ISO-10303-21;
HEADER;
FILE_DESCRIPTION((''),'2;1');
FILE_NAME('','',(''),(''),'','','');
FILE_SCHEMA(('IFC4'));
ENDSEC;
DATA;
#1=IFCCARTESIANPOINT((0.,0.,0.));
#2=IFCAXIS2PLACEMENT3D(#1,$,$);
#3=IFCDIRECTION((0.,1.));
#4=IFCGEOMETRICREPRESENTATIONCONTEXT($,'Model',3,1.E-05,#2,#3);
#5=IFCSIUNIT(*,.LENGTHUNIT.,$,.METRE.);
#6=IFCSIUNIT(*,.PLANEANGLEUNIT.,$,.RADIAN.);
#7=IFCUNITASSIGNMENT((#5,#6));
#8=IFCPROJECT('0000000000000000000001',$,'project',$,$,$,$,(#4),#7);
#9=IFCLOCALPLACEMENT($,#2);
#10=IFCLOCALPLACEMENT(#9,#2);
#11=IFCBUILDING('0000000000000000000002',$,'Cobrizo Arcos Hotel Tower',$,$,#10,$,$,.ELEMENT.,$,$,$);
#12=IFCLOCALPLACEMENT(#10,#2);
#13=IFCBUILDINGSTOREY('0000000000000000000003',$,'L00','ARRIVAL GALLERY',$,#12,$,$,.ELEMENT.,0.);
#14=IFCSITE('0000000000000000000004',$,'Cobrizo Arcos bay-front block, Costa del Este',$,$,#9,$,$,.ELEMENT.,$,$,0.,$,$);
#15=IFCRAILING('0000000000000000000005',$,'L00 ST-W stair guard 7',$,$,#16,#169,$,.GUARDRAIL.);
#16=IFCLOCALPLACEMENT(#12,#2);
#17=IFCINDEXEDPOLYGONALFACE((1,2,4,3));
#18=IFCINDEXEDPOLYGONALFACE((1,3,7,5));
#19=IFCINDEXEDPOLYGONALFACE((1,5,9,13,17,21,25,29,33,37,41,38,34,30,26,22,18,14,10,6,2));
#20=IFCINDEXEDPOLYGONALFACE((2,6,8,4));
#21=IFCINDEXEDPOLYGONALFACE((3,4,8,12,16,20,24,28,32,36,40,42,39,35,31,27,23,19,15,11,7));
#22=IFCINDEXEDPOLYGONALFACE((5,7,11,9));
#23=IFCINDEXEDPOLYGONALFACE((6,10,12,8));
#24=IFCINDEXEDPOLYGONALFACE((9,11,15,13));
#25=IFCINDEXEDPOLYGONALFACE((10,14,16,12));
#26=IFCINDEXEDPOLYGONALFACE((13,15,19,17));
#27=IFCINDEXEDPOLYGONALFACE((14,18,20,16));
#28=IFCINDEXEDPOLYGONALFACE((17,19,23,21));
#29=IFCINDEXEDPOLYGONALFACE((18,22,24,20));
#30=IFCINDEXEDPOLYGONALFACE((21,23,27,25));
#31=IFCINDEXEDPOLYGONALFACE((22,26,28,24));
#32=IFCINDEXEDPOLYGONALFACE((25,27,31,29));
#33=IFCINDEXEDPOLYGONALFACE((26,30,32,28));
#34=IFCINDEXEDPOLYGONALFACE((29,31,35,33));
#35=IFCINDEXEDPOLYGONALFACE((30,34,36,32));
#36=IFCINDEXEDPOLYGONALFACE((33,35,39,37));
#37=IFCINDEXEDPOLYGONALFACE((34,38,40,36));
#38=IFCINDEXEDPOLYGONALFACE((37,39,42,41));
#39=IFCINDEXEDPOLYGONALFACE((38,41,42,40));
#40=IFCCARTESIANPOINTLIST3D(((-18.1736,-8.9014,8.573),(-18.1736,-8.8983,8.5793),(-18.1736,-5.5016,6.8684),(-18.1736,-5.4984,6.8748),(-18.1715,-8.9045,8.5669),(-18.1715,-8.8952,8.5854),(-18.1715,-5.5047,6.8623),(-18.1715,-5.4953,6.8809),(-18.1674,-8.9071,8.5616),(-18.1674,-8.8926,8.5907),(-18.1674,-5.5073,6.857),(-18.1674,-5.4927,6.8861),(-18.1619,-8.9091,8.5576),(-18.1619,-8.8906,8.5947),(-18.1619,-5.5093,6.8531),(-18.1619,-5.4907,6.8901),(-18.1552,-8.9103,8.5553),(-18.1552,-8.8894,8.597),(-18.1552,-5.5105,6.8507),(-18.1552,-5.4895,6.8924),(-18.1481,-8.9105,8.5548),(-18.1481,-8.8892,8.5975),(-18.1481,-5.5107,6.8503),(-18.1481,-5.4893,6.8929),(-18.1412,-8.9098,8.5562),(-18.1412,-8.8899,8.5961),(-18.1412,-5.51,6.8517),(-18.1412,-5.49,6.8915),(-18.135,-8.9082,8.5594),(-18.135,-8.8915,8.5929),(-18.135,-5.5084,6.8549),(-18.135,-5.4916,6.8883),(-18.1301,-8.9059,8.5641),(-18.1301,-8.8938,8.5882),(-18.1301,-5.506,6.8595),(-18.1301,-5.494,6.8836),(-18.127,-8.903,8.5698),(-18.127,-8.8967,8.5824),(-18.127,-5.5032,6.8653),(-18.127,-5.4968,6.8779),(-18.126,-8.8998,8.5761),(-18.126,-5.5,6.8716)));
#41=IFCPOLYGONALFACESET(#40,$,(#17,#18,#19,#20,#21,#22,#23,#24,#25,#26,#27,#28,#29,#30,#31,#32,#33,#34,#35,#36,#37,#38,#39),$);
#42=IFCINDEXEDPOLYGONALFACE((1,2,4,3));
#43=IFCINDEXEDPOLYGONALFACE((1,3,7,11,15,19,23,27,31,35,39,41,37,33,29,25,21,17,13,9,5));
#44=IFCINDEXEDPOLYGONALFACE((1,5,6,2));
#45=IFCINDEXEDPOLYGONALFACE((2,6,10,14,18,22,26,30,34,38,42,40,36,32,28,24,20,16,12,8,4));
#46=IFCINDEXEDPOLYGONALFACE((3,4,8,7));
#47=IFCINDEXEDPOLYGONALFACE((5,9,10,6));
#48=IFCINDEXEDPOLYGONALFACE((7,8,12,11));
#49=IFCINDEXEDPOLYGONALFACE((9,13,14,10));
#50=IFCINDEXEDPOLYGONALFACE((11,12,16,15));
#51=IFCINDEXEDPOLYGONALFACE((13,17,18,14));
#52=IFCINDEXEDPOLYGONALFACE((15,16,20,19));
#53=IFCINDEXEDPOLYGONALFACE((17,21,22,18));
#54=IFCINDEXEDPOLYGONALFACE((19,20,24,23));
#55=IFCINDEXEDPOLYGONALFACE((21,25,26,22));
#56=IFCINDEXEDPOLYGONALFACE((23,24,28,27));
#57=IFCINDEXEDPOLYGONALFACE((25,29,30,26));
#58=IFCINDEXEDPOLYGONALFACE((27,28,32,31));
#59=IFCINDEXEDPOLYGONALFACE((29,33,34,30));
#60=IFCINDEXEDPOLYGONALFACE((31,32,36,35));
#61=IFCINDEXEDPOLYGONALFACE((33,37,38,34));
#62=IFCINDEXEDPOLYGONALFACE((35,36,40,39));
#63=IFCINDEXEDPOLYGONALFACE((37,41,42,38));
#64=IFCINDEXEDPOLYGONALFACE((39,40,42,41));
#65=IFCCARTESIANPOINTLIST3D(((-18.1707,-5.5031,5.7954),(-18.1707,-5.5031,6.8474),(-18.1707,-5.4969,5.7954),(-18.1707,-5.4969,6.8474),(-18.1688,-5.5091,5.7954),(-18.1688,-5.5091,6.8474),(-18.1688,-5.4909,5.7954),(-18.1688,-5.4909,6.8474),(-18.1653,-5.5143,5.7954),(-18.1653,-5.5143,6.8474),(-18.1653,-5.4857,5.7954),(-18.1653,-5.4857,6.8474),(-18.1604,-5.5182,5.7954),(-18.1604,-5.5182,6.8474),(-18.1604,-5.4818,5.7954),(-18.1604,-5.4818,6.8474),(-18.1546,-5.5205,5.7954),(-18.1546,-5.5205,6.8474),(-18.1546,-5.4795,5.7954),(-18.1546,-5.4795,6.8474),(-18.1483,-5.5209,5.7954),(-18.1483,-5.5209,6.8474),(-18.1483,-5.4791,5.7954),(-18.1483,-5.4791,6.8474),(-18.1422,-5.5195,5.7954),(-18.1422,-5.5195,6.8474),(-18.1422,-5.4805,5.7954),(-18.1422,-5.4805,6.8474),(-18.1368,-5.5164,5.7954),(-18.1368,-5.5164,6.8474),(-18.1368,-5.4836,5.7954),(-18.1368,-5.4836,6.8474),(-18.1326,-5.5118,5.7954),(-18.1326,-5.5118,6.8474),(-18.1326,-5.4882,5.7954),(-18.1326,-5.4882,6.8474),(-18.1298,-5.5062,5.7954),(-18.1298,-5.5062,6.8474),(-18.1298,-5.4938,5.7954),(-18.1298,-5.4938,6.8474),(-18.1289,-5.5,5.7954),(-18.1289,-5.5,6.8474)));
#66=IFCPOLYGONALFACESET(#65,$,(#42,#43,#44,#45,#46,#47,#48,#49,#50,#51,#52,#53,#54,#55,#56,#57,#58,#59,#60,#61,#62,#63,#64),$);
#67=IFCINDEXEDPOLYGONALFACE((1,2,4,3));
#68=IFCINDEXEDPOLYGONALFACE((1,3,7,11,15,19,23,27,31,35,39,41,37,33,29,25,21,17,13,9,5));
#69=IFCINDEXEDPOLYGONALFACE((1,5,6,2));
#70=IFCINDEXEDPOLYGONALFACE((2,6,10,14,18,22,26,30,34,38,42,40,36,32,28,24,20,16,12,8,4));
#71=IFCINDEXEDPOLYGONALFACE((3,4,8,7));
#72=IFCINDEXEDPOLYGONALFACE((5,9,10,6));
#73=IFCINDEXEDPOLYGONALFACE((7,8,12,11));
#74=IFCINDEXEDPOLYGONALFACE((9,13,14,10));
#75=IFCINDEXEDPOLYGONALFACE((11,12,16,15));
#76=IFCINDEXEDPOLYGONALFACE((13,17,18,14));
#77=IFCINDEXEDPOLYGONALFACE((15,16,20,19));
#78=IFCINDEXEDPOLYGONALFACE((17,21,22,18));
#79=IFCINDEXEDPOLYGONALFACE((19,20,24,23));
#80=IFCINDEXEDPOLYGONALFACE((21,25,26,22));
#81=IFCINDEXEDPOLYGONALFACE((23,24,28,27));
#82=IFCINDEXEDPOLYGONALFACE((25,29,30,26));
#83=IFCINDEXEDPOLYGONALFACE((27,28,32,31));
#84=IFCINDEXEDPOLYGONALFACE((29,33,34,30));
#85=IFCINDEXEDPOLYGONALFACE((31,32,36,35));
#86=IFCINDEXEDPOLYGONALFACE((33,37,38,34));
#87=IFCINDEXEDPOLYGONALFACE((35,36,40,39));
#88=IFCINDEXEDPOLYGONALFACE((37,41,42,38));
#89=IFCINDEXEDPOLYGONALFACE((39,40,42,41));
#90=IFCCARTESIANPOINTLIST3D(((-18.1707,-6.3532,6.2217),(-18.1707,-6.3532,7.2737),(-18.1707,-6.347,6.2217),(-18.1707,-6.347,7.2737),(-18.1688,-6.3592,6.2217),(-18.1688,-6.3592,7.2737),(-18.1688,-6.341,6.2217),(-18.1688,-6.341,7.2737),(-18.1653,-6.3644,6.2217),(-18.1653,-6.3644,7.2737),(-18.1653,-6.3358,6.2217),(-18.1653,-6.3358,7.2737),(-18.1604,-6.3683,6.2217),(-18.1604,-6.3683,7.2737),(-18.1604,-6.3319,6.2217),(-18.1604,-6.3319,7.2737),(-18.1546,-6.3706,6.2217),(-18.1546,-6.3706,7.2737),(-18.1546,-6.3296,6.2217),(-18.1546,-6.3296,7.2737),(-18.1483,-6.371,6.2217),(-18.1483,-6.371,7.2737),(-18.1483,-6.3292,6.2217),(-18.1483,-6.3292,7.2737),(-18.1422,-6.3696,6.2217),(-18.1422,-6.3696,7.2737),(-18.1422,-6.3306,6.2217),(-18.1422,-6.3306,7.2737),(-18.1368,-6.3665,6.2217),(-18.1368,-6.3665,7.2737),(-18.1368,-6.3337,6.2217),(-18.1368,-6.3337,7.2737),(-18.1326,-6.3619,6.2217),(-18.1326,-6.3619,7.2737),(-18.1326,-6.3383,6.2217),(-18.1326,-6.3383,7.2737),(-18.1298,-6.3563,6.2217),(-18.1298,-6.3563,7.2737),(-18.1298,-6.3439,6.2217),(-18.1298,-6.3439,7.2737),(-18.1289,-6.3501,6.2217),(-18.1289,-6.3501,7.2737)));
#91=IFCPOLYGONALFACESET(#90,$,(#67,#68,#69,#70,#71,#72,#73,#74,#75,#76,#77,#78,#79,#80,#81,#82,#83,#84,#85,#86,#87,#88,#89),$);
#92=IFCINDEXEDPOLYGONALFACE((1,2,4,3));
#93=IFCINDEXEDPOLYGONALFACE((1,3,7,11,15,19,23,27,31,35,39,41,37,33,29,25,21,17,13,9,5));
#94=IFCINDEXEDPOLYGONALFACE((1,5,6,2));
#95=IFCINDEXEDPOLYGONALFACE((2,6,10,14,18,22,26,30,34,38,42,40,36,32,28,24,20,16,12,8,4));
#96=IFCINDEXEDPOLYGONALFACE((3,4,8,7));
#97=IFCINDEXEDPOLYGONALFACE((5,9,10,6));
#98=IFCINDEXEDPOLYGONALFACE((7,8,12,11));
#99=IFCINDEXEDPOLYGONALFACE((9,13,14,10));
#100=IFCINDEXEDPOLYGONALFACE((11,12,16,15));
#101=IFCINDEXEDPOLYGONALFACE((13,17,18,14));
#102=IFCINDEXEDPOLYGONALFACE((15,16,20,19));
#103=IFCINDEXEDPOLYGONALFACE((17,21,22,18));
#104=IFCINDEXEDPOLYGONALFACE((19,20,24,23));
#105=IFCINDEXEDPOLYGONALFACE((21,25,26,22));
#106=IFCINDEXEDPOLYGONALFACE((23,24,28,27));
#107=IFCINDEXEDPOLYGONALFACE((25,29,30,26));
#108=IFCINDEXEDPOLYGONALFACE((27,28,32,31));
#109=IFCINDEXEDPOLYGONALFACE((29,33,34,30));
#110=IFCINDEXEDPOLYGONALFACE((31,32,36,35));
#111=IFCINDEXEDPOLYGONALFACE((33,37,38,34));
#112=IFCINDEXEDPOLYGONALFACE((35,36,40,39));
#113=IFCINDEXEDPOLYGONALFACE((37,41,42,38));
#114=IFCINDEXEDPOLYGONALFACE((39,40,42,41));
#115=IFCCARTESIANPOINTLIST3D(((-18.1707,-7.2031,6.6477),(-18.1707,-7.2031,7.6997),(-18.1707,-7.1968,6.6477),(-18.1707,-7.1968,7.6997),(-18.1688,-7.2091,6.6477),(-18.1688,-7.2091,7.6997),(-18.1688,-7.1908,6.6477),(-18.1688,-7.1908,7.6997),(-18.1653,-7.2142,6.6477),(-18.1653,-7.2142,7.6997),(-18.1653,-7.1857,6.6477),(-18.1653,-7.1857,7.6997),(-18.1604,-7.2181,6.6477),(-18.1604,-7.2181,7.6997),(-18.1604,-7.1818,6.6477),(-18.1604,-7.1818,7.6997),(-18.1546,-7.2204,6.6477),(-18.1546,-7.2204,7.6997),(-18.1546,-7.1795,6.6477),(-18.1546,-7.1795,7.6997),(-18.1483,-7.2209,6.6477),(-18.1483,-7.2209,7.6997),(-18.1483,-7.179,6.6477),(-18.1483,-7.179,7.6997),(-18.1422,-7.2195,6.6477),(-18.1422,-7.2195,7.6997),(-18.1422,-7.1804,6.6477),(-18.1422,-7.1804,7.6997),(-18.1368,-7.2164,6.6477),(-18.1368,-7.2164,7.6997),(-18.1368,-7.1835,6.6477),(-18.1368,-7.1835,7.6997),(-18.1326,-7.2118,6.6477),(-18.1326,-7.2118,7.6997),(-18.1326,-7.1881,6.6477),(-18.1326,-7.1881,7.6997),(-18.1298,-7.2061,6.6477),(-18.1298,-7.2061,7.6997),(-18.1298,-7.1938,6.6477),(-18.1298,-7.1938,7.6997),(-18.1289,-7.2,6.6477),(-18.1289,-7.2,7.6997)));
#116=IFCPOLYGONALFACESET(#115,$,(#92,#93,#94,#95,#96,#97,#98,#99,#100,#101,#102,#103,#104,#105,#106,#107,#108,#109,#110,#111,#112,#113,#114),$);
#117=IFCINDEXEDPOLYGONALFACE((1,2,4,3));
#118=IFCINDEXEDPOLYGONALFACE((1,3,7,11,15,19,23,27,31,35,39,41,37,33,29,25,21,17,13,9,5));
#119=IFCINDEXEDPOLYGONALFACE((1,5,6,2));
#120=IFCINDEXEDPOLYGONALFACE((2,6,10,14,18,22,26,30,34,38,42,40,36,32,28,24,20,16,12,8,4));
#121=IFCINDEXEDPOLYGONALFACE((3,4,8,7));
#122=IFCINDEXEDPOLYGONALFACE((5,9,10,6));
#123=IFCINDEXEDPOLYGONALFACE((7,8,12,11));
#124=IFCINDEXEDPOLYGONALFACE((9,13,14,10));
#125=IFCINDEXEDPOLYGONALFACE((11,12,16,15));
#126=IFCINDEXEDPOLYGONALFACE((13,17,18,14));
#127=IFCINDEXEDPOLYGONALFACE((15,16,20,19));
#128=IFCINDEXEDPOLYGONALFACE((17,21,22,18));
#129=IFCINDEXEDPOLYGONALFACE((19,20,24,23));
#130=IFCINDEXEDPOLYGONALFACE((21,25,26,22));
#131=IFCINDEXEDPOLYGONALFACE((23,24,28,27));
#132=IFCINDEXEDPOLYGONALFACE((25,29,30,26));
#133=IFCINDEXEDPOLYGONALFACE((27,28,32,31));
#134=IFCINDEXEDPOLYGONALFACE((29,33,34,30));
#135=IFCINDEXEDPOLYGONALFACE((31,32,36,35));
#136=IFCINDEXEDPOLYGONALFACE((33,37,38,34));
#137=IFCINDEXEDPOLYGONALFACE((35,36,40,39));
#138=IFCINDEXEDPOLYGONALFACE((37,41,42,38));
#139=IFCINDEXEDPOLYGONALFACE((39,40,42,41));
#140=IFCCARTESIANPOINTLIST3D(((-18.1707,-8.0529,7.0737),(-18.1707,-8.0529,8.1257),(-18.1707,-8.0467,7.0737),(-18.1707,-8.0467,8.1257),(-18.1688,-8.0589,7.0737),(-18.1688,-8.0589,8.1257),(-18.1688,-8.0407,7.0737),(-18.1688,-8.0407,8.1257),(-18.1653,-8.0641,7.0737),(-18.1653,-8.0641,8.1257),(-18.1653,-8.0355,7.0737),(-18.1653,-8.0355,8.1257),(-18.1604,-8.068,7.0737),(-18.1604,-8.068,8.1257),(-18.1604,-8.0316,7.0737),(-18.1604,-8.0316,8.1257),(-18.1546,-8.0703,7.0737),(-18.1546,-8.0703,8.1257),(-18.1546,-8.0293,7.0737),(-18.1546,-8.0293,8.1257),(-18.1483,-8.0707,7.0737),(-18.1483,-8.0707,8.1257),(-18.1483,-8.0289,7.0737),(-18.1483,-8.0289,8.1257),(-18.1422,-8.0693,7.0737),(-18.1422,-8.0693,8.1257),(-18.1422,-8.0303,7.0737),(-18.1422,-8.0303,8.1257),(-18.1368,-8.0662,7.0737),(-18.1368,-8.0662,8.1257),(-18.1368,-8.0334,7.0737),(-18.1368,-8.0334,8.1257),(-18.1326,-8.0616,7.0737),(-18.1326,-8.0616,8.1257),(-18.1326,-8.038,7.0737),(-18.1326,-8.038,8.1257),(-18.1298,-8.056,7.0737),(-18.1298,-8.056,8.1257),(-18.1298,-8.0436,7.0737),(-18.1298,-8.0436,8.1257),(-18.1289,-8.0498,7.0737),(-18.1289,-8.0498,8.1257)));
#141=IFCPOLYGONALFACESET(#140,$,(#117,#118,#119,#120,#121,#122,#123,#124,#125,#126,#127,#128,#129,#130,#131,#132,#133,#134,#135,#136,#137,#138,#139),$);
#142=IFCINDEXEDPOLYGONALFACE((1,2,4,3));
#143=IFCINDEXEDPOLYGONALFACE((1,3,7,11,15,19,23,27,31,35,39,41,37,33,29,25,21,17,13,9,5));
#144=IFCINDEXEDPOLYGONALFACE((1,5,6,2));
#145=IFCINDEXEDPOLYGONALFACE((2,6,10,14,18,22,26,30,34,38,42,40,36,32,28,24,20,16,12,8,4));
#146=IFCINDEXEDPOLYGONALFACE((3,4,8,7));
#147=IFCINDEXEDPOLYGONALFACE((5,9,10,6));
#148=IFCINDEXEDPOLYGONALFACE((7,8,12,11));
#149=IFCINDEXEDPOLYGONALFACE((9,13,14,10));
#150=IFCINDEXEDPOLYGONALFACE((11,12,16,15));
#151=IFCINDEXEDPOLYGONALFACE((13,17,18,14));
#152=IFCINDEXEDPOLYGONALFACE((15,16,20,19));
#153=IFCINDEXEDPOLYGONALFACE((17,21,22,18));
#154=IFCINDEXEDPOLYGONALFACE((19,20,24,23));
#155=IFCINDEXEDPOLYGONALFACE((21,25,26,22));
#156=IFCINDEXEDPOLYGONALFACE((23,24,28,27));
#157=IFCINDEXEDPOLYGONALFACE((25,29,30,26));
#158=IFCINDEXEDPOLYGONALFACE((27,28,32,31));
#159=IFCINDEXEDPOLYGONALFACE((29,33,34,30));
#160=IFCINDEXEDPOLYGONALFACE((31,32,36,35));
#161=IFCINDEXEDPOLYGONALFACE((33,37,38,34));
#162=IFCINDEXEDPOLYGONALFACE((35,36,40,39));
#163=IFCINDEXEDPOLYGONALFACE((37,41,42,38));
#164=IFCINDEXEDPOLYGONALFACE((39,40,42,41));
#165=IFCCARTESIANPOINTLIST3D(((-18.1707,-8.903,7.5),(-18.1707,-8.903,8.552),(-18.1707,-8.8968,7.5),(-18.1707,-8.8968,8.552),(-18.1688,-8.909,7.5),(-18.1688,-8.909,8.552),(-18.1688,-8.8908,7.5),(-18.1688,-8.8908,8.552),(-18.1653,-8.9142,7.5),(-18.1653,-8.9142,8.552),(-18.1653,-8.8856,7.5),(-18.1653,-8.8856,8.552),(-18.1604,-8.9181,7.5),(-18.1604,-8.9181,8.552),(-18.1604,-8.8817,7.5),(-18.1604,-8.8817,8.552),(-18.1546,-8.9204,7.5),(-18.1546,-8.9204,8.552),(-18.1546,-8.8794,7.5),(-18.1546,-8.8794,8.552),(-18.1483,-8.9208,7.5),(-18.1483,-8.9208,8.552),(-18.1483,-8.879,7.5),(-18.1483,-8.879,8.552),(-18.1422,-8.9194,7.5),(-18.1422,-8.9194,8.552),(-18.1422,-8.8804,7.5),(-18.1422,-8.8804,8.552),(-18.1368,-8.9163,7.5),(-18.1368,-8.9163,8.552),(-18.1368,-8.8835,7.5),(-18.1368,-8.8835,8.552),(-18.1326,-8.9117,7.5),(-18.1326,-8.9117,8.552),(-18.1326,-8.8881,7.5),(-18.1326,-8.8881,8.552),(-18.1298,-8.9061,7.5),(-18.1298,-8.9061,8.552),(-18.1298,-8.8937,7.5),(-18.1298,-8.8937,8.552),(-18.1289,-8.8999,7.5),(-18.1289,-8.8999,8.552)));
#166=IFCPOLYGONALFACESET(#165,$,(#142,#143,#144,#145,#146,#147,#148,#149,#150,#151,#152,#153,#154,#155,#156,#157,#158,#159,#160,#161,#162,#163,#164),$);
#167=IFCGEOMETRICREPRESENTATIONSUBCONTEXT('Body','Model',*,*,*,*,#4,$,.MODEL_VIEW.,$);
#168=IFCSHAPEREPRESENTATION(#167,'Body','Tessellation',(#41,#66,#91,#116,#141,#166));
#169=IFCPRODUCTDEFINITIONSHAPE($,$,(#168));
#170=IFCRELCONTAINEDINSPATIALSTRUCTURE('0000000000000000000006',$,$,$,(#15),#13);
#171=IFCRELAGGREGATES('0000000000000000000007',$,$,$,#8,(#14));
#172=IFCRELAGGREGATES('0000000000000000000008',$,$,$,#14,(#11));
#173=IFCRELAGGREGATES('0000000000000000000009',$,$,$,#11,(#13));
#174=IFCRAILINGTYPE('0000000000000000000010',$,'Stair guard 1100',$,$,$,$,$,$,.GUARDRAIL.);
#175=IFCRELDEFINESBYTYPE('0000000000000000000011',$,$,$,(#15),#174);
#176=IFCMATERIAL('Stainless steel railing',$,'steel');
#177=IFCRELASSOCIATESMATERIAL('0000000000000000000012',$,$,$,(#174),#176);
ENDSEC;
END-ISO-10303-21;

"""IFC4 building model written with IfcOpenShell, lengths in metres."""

from ifc_helpers import new_model, si_unit, direction, frame, origin, origin_2d, place, context, subcontext, project, spatial, circle, extrude, material, type_object, element, save


model = new_model("IFC4")

# Units and contexts
model_context = context("Model", 3, precision=1e-05, world=origin(), true_north=direction((0.0, 1.0)))
body_context = subcontext(model_context, "Body", "Model", "MODEL_VIEW")
ifc_project = project(units=[si_unit("LENGTHUNIT", "METRE"), si_unit("PLANEANGLEUNIT", "RADIAN")], contexts=[model_context])

# Site, building, storey
site_placement = place(None, origin())
site = spatial("IfcSite", under=ifc_project, at=site_placement, Name="Cobrizo Arcos bay-front block, Costa del Este", CompositionType="ELEMENT", RefElevation=0.0)
building_placement = place(site_placement, origin())
building = spatial("IfcBuilding", under=site, at=building_placement, Name="Cobrizo Arcos Hotel Tower", CompositionType="ELEMENT")
storey_placement = place(building_placement, origin())
storey = spatial("IfcBuildingStorey", under=building, at=storey_placement, Name="L00", Description="ARRIVAL GALLERY", CompositionType="ELEMENT", Elevation=0.0)

# Railing
ifc_material_1 = material(Name="Stainless steel railing", Category="steel")
railing_type_1 = type_object("IfcRailingType", Name="Stair guard 1100", PredefinedType="GUARDRAIL", material=ifc_material_1)
railing_1_placement = place(storey_placement, frame((-18.1499, -5.5, 5.7954)))
element("IfcRailing", 1, at=railing_1_placement, inside=storey, type_object=railing_type_1, Name="L00 ST-W stair guard 7", PredefinedType="GUARDRAIL", context=body_context, shape_type="SweptSolid", body=[
    extrude(circle(Radius=0.0239, at=origin_2d()), frame((0.0, 0.0, 1.0762), z_axis=(0.0, -0.893939, 0.448189), x_axis=(1.0, 0.0, 0.0)), (0.0, 0.0, 1.0), 3.8032),
    extrude(circle(Radius=0.021, at=origin_2d()), origin(), (0.0, 0.0, 1.0), 1.052),
    extrude(circle(Radius=0.021, at=origin_2d()), frame((0.0, -0.8501, 0.4263)), (0.0, 0.0, 1.0), 1.052),
    extrude(circle(Radius=0.021, at=origin_2d()), frame((0.0, -1.7, 0.8523)), (0.0, 0.0, 1.0), 1.052),
    extrude(circle(Radius=0.021, at=origin_2d()), frame((0.0, -2.5498, 1.2783)), (0.0, 0.0, 1.0), 1.052),
    extrude(circle(Radius=0.021, at=origin_2d()), frame((0.0, -3.3999, 1.7046)), (0.0, 0.0, 1.0), 1.052),
])

save(model, "model.ifc")
